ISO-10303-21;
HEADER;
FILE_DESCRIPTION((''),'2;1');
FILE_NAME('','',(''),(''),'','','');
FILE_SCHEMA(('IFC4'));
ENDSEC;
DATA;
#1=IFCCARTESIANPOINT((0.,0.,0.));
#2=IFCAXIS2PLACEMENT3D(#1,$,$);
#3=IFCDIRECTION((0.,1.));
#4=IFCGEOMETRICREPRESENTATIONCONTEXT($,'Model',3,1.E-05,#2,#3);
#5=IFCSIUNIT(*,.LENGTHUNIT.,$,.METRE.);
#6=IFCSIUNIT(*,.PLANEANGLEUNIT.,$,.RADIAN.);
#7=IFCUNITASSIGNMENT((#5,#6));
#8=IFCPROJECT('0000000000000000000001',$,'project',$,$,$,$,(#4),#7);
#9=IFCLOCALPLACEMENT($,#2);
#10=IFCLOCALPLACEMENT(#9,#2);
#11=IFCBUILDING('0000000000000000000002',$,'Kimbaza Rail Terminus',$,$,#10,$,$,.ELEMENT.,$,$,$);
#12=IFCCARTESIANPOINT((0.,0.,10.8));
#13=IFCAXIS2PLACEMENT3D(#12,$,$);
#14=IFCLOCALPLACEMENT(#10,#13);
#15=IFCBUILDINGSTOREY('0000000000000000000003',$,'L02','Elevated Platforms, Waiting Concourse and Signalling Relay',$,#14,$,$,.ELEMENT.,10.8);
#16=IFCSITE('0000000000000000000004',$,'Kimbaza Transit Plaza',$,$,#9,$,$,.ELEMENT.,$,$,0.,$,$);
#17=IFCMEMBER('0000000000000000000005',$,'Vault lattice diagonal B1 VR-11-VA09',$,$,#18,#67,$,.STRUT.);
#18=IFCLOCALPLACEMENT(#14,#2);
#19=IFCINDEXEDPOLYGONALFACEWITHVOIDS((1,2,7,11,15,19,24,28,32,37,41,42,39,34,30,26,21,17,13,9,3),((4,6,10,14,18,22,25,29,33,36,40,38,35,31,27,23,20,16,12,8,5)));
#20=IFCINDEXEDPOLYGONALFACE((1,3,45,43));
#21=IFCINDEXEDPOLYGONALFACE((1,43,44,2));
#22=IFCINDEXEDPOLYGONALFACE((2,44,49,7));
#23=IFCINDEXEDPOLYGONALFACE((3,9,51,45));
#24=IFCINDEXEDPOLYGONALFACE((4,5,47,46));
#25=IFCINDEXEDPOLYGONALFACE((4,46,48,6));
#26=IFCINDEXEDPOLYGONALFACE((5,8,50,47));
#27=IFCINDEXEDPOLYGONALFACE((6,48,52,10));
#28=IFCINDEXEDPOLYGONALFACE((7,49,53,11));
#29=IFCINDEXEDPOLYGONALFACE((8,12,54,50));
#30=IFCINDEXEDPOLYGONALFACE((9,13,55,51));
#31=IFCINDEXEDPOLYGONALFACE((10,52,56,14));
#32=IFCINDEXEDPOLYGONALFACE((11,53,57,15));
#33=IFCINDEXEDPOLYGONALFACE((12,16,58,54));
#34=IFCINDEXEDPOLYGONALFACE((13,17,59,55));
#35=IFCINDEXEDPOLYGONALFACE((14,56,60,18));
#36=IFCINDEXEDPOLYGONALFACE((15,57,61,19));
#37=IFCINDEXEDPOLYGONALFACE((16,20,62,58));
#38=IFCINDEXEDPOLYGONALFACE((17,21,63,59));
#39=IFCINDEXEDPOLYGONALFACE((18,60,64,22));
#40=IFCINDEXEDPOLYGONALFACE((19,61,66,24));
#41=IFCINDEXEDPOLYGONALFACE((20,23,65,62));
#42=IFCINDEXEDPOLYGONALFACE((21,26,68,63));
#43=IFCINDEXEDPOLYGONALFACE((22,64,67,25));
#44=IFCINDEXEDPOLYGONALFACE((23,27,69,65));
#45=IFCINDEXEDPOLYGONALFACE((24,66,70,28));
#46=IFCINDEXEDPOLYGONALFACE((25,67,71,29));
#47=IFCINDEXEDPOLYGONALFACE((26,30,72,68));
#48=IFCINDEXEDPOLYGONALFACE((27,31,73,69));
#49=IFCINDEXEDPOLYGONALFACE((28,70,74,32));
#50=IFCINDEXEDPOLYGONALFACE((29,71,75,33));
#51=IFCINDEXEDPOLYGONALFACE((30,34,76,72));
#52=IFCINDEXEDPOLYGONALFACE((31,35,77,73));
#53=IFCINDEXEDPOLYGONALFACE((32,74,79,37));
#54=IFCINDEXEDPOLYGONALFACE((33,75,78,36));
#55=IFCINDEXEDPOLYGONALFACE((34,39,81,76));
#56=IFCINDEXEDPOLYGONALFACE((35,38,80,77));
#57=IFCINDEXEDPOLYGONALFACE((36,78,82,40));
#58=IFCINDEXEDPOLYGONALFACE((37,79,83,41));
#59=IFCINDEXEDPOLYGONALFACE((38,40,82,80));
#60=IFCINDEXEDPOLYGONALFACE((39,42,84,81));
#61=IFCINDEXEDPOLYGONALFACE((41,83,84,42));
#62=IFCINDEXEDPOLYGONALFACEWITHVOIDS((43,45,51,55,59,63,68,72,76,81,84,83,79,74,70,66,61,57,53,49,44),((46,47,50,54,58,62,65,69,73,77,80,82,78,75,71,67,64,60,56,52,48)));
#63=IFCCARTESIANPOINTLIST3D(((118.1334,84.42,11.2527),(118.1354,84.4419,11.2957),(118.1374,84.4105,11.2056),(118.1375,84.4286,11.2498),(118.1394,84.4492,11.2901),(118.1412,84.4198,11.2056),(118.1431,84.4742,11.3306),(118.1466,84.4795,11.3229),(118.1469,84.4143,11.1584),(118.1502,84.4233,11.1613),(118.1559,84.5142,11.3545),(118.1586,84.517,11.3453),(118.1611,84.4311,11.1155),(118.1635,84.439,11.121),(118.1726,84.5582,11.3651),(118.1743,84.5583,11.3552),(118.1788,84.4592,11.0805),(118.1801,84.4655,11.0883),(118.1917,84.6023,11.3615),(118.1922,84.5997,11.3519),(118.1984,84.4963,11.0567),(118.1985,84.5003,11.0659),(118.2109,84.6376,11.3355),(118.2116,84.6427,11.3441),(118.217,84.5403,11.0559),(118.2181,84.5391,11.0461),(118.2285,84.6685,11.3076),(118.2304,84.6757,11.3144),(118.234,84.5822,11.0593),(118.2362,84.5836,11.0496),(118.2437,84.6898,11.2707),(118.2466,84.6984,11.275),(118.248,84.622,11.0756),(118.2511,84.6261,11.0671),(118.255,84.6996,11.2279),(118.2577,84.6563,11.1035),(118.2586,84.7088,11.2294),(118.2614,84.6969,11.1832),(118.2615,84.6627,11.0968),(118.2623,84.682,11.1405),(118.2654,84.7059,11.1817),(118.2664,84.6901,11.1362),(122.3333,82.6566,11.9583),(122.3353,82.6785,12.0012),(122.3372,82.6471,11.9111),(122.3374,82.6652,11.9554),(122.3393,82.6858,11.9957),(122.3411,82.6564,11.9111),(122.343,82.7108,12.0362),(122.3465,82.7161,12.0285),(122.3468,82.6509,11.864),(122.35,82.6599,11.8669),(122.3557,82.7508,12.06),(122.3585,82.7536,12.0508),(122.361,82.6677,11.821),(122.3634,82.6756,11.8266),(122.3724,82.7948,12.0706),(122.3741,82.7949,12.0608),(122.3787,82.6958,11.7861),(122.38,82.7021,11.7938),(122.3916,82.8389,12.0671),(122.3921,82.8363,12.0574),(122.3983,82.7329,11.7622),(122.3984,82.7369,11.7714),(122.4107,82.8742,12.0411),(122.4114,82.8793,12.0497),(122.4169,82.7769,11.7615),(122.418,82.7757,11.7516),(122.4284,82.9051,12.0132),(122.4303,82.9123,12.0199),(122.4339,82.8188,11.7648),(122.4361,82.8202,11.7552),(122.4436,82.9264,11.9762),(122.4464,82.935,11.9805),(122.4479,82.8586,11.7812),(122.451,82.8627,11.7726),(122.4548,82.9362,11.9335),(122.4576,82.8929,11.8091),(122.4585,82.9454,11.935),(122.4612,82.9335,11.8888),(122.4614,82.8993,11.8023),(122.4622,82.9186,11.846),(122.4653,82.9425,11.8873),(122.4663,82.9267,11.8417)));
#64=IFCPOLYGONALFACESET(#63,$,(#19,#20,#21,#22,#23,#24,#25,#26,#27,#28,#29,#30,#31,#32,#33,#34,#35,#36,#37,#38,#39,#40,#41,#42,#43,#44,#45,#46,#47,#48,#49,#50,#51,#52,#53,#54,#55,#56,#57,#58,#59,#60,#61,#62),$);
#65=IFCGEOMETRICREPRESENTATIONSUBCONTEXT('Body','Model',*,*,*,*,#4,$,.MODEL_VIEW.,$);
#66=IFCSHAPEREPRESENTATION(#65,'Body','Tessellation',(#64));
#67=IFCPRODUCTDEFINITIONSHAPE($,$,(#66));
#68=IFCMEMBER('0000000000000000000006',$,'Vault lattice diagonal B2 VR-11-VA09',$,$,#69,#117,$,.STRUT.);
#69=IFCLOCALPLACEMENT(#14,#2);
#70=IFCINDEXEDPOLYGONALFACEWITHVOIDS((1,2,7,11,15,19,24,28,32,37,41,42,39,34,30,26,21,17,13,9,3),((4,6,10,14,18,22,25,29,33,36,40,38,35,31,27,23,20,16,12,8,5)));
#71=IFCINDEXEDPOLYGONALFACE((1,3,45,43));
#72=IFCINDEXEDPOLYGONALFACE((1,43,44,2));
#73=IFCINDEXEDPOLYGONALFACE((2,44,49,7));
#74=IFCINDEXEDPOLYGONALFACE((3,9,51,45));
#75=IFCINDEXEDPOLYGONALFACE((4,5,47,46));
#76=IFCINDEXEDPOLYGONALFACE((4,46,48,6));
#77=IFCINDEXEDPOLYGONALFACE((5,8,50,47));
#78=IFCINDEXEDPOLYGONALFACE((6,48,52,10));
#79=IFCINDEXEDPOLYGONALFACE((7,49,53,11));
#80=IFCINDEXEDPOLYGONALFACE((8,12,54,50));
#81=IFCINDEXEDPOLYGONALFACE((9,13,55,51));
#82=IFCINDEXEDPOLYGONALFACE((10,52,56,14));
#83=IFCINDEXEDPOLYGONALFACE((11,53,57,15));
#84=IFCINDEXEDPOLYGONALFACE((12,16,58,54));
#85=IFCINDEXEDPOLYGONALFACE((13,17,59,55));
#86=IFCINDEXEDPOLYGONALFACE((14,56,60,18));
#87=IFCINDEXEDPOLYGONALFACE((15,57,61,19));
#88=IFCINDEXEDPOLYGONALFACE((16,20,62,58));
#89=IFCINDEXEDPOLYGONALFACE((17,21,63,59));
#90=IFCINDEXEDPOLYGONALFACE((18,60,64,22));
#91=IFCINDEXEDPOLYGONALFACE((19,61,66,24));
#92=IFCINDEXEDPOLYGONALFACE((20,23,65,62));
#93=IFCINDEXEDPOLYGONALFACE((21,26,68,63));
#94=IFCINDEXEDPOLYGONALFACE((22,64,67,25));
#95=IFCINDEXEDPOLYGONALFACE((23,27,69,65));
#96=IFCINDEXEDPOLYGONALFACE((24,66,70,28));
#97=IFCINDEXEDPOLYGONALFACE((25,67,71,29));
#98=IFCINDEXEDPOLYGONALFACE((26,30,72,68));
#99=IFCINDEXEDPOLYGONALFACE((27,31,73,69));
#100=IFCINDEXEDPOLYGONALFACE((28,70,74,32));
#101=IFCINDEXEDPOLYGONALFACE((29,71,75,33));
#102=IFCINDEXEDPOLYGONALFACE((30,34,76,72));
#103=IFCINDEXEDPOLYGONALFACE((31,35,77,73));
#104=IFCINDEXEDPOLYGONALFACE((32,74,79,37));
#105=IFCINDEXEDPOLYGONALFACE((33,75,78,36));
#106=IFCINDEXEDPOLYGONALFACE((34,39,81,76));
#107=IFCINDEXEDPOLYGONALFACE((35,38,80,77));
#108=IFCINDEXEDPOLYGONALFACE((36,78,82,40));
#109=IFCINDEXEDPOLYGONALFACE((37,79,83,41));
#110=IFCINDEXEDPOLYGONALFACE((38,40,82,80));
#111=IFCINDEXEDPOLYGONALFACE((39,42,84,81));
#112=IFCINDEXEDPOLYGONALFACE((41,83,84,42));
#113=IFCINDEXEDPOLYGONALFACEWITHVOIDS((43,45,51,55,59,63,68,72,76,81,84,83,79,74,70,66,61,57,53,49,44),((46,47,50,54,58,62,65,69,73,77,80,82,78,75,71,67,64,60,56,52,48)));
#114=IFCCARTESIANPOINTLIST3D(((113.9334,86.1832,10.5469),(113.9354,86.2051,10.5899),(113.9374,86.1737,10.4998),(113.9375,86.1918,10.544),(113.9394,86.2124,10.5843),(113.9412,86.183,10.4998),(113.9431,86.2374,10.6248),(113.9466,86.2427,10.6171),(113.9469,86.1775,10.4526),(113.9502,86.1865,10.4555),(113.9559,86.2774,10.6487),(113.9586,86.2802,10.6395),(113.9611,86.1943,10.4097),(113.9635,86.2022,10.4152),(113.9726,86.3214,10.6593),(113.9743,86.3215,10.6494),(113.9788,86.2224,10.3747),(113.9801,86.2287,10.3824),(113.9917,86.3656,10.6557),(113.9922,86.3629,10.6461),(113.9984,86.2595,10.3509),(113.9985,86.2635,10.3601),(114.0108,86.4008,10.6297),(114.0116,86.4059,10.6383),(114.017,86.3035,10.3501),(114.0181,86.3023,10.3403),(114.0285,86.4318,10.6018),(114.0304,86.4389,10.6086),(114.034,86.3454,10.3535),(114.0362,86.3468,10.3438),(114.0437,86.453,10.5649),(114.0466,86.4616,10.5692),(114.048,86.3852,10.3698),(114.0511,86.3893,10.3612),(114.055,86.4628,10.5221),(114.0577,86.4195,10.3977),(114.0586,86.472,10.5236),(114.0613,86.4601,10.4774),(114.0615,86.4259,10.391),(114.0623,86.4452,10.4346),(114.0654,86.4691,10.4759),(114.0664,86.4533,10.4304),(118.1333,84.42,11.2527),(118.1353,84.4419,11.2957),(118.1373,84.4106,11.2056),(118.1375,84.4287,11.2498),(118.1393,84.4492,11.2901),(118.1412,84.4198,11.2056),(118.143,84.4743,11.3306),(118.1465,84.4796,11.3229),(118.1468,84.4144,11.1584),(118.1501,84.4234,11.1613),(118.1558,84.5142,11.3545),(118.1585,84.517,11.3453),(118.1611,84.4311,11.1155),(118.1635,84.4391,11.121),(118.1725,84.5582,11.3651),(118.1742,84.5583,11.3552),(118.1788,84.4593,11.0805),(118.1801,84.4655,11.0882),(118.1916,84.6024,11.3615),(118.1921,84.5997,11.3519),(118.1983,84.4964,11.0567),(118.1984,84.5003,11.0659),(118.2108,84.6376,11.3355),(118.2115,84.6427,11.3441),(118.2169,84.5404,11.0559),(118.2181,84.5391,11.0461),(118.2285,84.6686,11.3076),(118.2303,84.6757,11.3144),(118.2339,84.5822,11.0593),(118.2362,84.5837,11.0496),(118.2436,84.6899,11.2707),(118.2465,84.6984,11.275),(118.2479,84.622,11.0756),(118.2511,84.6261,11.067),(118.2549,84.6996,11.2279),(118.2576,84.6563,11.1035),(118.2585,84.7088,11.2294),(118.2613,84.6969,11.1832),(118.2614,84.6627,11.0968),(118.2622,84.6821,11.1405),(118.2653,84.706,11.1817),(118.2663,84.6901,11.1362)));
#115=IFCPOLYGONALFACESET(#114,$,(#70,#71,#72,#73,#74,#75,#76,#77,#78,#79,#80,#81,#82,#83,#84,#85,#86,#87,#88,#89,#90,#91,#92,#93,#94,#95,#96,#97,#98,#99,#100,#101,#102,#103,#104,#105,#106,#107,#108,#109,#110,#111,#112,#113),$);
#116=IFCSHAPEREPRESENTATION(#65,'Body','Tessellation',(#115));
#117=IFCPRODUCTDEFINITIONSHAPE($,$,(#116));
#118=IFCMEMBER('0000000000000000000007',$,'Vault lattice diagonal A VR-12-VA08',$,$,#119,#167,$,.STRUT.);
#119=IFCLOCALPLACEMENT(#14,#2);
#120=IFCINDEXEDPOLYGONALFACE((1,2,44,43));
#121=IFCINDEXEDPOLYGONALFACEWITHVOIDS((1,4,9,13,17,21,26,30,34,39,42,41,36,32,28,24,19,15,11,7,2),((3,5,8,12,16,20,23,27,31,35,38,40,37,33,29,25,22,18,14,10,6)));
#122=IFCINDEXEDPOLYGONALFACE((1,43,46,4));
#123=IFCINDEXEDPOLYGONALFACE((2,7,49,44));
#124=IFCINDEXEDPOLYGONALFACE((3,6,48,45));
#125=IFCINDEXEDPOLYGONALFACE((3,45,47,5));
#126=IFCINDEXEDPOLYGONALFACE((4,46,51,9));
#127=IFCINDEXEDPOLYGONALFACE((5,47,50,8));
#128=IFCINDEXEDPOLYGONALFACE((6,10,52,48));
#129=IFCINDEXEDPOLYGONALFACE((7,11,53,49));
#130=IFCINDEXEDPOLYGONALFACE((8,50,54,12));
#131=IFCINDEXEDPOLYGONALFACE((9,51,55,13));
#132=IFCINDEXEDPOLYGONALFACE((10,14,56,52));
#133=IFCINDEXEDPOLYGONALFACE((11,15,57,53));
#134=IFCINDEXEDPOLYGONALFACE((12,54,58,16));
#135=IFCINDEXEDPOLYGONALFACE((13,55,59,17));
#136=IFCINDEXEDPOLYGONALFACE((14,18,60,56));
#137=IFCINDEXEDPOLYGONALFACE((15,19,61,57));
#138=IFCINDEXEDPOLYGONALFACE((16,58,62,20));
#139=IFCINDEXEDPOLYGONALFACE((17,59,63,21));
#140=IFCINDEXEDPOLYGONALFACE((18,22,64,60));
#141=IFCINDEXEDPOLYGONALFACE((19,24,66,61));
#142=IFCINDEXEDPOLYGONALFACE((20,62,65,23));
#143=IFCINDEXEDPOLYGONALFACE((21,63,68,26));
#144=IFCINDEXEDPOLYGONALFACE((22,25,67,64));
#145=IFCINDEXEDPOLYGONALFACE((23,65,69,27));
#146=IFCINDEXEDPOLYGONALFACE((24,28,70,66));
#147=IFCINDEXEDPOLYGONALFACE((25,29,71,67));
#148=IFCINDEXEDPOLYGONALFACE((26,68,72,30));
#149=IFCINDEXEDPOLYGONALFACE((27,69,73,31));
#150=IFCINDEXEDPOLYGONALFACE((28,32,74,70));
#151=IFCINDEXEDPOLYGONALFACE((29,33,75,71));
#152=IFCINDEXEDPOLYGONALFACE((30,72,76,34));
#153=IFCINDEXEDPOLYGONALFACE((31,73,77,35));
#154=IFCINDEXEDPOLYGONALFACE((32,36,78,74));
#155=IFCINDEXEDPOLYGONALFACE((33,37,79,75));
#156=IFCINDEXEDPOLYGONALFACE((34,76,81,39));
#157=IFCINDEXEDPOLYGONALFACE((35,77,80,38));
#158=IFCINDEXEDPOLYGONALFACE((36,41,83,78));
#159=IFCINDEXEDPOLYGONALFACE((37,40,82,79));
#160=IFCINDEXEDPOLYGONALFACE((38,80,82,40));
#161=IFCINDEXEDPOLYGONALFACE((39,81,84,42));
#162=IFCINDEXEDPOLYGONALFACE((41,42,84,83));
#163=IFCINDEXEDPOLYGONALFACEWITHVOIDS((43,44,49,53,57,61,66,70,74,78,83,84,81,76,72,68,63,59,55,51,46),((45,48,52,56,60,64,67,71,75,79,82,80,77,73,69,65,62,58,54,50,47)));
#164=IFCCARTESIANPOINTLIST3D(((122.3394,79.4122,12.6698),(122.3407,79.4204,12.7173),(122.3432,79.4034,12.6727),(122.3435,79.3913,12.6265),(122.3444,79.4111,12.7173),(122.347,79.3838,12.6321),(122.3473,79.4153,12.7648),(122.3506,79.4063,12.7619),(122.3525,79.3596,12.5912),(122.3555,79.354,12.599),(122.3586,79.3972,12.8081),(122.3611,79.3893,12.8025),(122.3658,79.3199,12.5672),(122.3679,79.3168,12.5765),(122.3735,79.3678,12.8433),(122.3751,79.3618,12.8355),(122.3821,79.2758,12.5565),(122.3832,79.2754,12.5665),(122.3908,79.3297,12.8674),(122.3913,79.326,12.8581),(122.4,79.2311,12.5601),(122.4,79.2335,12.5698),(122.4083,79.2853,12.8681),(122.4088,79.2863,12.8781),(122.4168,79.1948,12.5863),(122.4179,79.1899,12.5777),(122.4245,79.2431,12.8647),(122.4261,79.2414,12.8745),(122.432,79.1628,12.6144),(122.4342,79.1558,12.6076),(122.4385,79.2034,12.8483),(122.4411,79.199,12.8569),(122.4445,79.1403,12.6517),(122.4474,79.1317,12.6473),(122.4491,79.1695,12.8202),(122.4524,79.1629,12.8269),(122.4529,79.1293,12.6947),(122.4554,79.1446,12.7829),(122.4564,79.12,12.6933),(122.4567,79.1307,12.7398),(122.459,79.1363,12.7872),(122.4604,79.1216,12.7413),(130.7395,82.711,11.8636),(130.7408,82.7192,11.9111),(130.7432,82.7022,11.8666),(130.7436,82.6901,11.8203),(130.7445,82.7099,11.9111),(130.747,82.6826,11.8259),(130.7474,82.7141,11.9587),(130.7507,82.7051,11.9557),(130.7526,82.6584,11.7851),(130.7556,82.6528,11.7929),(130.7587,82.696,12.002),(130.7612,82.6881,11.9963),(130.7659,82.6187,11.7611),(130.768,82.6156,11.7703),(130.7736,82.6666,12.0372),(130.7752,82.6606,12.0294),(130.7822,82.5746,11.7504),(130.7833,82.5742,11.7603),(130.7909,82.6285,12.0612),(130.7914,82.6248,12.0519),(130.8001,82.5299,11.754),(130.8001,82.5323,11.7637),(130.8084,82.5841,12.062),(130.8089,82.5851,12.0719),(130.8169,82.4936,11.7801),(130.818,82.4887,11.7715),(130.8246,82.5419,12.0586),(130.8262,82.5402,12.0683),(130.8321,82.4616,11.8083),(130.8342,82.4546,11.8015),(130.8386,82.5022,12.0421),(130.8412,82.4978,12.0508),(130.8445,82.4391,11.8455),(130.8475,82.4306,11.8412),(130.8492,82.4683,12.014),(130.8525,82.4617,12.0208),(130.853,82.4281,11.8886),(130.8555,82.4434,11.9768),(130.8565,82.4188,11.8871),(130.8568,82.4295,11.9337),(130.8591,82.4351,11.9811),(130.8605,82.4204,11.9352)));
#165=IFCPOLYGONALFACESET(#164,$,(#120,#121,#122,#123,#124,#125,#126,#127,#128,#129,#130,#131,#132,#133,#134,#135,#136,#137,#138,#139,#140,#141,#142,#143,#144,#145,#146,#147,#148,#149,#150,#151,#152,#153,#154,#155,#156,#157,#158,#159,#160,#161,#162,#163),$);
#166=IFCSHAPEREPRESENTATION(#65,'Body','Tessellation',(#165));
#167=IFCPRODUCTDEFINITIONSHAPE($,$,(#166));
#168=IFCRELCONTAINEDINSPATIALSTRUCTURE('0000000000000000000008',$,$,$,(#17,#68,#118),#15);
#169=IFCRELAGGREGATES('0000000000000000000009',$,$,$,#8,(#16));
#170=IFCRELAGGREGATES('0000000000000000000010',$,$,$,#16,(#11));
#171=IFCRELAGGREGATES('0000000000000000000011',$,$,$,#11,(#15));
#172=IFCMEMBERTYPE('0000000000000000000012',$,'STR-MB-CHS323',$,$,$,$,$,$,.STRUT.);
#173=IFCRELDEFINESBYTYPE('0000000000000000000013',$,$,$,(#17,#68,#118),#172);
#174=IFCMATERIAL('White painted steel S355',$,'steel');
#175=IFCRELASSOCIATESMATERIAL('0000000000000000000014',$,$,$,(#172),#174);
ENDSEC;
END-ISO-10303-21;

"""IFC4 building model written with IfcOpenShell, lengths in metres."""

from ifc_helpers import new_model, si_unit, direction, frame, origin, origin_2d, place, context, subcontext, project, spatial, hollow_circle, extrude, material, material_profile, profile_set, type_object, element, save


model = new_model("IFC4")

# Units and contexts
model_context = context("Model", 3, precision=1e-05, world=origin(), true_north=direction((0.0, 1.0)))
body_context = subcontext(model_context, "Body", "Model", "MODEL_VIEW")
ifc_project = project(units=[si_unit("LENGTHUNIT", "METRE"), si_unit("PLANEANGLEUNIT", "RADIAN")], contexts=[model_context])

# Site, building, storey
site_placement = place(None, origin())
site = spatial("IfcSite", under=ifc_project, at=site_placement, Name="Kimbaza Transit Plaza", CompositionType="ELEMENT", RefElevation=0.0)
building_placement = place(site_placement, origin())
building = spatial("IfcBuilding", under=site, at=building_placement, Name="Kimbaza Rail Terminus", CompositionType="ELEMENT")
storey_placement = place(building_placement, frame((0.0, 0.0, 10.8)))
storey = spatial("IfcBuildingStorey", under=building, at=storey_placement, Name="L02", Description="Elevated Platforms, Waiting Concourse and Signalling Relay", CompositionType="ELEMENT", Elevation=10.8)

# Members
ifc_material_1 = material(Name="White painted steel S355", Category="steel")
ifc_material_profile_1 = material_profile(ifc_material_1, hollow_circle(Radius=0.1619, WallThickness=0.01, at=origin_2d()), Name="CHS 323.9x10")
ifc_profile_set_1 = profile_set([ifc_material_profile_1], Name="White painted steel S355")
member_type_1 = type_object("IfcMemberType", Name="STR-MB-CHS323", PredefinedType="STRUT", material=ifc_profile_set_1)
for number, where, z_axis, x_axis, name in (
    (1, (122.3999, 82.7964, 11.9111), (-0.91116, 0.382567, -0.153069), (-0.38713, -0.922025, 0.0), "Vault lattice diagonal B1 VR-11-VA09"),
    (2, (118.2, 84.5598, 11.2056), (-0.911171, 0.382519, -0.153124), (-0.387084, -0.922044, 0.0), "Vault lattice diagonal B2 VR-11-VA09"),
):
    element("IfcMember", number, at=place(storey_placement, frame(where, z_axis=z_axis, x_axis=x_axis)), inside=storey, type_object=member_type_1, Name=name, PredefinedType="STRUT", context=body_context, shape_type="SweptSolid", body=[
        extrude(hollow_circle(Radius=0.1619, WallThickness=0.01, at=origin_2d()), origin(), (0.0, 0.0, 1.0), 4.6094),
    ])
member_1_placement = place(storey_placement, frame((122.3999, 79.2698, 12.7173), z_axis=(0.927106, 0.364085, -0.088973), x_axis=(-0.365534, 0.930798, 0.0)))
element("IfcMember", 3, at=member_1_placement, inside=storey, type_object=member_type_1, Name="Vault lattice diagonal A VR-12-VA08", PredefinedType="STRUT", context=body_context, shape_type="SweptSolid", body=[
    extrude(hollow_circle(Radius=0.1619, WallThickness=0.01, at=origin_2d()), origin(), (0.0, 0.0, 1.0), 9.0605),
])

save(model, "model.ifc")
